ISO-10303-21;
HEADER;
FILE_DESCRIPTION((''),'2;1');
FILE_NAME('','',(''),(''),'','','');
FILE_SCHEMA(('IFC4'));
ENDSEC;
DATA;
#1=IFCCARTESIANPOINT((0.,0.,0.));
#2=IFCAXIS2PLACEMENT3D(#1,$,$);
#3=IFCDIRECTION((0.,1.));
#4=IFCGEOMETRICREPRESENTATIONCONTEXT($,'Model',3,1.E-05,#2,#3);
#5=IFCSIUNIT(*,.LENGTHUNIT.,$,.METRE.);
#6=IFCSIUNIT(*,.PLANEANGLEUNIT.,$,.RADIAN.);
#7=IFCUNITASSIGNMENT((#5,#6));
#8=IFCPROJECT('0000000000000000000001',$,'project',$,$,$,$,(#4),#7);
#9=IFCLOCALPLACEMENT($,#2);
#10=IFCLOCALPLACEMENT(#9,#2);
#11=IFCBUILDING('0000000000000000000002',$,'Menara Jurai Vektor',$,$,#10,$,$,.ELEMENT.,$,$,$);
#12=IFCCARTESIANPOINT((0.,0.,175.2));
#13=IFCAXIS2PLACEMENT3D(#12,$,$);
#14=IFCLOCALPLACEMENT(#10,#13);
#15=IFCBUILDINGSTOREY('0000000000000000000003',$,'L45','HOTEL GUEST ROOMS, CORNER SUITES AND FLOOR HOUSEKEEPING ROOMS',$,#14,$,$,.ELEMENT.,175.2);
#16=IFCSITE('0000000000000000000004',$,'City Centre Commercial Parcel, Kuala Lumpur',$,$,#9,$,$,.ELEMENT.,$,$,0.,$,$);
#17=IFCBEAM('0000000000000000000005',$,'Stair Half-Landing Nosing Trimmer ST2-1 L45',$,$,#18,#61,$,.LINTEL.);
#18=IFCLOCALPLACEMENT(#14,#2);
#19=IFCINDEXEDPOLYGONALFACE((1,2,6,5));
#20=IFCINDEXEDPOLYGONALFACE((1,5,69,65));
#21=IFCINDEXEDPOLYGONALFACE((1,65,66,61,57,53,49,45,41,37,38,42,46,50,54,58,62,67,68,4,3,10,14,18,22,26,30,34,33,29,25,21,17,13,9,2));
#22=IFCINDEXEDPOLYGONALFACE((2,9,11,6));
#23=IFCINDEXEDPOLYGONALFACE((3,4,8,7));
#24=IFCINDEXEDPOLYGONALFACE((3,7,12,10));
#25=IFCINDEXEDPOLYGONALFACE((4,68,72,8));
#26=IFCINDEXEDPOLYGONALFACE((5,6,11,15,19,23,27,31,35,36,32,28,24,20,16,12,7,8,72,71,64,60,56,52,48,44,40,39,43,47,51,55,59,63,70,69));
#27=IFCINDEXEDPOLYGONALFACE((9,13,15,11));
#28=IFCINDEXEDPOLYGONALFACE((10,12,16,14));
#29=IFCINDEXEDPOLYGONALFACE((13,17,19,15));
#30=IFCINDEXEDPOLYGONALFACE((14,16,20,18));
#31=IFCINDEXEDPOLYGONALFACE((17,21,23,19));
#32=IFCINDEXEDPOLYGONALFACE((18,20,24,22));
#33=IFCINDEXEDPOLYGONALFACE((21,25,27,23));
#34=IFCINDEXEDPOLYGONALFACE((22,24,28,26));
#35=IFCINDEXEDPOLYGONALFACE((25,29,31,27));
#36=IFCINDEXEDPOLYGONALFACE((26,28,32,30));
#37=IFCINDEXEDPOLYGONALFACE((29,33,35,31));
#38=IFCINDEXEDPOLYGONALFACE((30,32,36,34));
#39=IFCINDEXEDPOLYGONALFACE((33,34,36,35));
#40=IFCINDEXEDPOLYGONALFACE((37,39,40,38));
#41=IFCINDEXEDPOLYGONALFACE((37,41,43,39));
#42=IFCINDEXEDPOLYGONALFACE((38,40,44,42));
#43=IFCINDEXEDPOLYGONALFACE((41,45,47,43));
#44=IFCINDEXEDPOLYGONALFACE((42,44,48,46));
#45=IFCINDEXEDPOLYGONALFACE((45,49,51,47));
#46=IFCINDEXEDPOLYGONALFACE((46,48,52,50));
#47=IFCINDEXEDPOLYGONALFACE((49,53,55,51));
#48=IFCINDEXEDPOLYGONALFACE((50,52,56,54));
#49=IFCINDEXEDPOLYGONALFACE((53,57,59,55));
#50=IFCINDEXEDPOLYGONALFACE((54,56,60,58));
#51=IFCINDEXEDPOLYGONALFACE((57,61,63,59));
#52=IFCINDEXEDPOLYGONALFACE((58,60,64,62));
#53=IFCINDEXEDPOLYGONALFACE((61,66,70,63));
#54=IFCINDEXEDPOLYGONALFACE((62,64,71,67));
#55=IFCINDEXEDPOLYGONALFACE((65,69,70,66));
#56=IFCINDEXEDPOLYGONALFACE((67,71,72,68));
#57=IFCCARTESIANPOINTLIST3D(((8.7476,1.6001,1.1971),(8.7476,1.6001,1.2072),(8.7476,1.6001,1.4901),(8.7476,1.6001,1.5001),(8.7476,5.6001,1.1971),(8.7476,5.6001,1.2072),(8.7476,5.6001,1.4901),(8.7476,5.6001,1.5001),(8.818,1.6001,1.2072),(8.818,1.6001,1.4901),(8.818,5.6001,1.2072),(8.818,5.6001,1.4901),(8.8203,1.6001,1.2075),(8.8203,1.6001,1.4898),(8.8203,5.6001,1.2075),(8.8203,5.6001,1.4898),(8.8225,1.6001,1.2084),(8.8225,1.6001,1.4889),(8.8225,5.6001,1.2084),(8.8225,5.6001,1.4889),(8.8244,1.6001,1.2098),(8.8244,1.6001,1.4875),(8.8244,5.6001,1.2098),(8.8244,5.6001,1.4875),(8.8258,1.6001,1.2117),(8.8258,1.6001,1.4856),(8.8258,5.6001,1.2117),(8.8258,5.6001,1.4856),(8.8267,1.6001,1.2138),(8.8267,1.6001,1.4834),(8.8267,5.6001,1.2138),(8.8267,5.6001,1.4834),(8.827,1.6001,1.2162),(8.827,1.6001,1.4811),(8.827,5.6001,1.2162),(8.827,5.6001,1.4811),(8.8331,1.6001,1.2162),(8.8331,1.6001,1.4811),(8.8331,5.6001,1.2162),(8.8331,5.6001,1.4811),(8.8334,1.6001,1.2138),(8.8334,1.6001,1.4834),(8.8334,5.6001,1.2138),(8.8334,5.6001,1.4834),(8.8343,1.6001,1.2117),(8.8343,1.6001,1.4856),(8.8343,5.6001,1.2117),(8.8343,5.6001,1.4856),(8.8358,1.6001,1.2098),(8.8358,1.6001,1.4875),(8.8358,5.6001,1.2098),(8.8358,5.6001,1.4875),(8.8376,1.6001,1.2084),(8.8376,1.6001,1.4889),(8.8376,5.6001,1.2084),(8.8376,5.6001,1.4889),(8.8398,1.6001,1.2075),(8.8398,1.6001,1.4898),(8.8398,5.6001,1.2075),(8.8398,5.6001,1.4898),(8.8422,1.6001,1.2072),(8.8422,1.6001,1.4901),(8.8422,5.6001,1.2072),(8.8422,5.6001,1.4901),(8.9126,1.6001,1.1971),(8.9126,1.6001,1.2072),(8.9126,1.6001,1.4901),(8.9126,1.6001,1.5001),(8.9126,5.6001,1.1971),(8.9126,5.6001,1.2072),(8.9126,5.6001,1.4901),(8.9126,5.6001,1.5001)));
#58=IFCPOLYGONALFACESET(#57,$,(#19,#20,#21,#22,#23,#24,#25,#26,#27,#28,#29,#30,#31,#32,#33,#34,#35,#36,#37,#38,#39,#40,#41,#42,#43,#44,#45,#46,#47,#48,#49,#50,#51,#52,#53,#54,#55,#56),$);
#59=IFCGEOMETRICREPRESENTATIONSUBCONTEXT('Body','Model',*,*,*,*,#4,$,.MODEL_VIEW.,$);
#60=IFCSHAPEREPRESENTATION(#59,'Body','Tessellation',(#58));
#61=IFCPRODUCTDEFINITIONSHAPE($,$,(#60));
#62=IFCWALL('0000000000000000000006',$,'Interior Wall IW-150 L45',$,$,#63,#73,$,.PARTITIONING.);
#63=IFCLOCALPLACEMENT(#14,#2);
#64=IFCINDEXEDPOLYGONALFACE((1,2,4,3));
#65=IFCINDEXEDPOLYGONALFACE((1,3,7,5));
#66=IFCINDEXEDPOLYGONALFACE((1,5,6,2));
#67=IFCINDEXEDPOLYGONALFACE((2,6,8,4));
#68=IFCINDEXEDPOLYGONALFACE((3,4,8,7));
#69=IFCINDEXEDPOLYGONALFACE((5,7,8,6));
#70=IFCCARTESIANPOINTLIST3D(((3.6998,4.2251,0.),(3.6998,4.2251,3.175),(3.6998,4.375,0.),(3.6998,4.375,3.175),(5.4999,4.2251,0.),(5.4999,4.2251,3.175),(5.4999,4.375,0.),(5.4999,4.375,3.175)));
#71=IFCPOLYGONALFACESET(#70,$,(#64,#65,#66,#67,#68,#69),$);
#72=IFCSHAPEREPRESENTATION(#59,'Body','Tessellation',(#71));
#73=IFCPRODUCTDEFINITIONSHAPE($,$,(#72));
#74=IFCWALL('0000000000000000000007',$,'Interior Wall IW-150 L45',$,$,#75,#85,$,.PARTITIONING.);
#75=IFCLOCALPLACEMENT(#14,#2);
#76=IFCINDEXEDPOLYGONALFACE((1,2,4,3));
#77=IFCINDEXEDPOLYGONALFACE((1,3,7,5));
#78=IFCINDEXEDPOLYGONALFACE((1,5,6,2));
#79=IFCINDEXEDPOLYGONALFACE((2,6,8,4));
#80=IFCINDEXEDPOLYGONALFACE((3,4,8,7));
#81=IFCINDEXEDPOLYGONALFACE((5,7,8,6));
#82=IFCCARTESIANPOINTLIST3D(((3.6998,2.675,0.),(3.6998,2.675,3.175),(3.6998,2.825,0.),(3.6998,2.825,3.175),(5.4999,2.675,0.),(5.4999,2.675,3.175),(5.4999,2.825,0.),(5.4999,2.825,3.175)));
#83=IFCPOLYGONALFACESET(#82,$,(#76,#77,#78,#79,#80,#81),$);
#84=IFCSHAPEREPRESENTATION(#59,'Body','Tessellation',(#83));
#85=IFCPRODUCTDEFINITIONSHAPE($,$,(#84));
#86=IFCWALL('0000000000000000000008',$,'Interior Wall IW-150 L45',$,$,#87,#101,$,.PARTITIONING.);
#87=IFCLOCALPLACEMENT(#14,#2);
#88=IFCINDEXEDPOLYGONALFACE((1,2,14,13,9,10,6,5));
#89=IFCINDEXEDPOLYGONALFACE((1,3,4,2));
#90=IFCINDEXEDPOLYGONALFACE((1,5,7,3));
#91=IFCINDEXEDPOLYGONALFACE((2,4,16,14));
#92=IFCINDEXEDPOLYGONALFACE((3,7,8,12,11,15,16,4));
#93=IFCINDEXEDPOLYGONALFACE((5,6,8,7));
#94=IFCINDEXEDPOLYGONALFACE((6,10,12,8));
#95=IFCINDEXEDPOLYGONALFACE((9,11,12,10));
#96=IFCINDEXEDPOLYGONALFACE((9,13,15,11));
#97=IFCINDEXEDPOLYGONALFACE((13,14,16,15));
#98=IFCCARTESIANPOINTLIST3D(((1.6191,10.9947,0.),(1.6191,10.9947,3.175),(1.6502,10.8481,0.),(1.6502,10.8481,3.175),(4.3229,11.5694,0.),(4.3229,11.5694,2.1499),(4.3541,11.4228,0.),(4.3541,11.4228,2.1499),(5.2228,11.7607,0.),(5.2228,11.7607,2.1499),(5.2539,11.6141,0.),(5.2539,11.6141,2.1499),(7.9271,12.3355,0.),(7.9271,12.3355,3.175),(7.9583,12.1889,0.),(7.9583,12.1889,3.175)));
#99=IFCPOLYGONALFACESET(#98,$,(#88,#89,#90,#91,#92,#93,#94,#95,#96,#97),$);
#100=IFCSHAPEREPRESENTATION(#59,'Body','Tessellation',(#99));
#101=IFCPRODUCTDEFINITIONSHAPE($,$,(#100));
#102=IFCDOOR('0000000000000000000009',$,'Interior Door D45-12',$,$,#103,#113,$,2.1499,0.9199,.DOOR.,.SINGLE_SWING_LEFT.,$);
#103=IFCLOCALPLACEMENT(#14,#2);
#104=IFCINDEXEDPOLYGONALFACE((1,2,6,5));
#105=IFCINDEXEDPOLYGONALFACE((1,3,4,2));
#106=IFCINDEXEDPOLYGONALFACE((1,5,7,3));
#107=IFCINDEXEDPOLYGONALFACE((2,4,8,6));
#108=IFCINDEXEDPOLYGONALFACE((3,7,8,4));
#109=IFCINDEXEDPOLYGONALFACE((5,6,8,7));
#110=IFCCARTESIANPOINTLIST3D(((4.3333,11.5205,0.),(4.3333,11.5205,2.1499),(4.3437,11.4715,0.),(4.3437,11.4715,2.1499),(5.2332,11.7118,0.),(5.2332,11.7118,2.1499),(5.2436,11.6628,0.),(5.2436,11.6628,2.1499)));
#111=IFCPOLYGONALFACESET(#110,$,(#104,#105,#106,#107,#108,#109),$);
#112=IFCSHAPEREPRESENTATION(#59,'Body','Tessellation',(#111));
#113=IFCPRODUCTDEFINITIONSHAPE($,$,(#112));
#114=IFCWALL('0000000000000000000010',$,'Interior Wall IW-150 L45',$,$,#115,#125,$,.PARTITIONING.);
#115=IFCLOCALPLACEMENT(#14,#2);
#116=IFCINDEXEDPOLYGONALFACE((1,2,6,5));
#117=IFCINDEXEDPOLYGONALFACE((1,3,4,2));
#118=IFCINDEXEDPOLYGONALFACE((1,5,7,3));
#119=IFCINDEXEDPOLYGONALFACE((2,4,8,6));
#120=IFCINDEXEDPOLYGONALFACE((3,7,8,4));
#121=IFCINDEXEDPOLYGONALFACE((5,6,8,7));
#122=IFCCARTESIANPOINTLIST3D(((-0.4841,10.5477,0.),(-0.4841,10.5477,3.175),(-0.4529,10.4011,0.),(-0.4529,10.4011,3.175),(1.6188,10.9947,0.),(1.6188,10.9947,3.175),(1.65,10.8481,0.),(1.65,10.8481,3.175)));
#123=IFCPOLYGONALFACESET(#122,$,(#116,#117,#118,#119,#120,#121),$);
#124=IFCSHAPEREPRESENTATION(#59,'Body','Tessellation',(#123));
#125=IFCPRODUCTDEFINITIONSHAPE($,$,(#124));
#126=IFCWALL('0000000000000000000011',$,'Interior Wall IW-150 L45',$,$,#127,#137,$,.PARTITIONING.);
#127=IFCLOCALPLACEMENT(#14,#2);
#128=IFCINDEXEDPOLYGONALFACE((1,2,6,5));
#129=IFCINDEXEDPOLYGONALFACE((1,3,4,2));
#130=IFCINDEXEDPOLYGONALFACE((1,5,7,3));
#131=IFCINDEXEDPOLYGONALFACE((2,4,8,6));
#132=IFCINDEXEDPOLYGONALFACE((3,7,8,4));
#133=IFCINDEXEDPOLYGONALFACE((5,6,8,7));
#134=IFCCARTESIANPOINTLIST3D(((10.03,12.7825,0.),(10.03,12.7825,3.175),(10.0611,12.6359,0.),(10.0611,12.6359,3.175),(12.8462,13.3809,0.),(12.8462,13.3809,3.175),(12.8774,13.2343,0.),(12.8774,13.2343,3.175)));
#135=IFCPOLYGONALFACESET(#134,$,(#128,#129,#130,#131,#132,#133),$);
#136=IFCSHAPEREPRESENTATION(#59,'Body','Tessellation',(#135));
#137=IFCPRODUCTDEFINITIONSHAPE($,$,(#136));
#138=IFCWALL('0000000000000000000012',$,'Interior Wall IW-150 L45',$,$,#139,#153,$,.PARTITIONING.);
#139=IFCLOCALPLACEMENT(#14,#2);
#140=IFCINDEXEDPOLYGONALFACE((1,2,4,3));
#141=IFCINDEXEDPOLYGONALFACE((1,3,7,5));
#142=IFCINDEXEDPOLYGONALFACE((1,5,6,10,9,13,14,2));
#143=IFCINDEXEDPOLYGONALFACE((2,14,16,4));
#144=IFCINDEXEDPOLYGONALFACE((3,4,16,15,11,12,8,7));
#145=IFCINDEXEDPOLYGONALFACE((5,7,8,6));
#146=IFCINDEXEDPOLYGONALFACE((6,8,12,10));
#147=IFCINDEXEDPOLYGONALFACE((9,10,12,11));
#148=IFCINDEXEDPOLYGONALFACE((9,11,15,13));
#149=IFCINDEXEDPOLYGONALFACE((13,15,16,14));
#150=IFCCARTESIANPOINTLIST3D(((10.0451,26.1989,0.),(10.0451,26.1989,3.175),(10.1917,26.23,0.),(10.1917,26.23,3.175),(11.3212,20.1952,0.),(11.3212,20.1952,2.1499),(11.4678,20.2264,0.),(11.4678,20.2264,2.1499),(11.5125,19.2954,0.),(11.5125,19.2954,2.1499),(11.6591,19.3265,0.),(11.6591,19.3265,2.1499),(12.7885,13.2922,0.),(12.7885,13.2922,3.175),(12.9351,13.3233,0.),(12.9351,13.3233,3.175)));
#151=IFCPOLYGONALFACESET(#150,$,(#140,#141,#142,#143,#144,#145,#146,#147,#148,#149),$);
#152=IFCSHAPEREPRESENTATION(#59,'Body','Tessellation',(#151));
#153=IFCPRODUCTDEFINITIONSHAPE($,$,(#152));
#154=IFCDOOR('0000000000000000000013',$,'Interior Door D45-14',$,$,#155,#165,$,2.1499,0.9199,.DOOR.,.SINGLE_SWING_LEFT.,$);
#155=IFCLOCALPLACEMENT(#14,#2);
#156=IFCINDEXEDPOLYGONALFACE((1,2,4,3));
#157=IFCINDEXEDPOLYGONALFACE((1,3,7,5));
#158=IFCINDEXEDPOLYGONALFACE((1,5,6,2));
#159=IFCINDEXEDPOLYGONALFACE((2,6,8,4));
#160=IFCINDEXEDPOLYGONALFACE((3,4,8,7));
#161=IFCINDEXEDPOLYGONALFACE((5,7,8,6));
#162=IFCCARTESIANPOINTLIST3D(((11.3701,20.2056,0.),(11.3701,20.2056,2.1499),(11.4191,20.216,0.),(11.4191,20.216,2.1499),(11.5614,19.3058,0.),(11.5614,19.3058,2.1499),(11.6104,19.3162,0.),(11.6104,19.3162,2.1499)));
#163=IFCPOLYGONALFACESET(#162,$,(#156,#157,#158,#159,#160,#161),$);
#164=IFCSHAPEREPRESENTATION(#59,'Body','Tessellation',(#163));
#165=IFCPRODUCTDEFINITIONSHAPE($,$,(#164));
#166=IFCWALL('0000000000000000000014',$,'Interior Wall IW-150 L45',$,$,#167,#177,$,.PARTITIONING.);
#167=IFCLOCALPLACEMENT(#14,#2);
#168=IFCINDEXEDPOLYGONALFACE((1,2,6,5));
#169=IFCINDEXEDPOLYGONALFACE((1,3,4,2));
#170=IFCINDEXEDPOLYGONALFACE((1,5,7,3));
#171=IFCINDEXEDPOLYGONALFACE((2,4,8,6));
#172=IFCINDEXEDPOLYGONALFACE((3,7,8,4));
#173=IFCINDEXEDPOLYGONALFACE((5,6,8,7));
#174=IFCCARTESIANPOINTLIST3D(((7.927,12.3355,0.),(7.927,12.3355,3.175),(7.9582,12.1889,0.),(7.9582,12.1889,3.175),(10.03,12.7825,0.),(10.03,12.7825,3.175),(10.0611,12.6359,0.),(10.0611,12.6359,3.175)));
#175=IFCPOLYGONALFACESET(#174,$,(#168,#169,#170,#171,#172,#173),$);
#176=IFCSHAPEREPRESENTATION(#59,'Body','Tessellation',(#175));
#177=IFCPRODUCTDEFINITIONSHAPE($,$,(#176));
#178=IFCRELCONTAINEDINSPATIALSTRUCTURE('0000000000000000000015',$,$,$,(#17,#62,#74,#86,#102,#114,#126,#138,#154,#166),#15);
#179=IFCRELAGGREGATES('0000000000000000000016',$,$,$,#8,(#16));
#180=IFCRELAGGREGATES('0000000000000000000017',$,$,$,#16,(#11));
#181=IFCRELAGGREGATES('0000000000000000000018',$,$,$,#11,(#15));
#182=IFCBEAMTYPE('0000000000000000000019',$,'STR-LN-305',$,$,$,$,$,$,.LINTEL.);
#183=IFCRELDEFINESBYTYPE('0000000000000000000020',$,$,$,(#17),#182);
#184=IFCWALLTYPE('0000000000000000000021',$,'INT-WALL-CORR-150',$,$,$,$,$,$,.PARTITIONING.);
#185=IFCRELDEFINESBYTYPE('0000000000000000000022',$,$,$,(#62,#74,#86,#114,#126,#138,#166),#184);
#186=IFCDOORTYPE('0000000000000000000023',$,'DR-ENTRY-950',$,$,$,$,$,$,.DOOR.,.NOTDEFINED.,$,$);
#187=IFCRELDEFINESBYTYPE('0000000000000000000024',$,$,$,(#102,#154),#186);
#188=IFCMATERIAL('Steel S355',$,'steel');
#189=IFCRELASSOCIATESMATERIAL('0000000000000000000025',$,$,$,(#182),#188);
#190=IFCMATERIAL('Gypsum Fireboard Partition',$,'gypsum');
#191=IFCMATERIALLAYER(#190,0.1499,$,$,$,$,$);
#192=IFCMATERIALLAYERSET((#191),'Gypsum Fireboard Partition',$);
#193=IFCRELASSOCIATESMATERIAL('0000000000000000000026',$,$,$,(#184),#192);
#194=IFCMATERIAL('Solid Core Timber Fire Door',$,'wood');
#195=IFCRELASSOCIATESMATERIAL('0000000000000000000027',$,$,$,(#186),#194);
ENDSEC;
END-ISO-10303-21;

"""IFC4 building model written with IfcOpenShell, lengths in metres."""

from ifc_helpers import new_model, si_unit, direction, frame, frame_2d, origin, origin_2d, place, context, subcontext, project, spatial, rectangle, i_section, extrude, material, layer, layer_set, material_profile, profile_set, type_object, element, fill, save


model = new_model("IFC4")

# Units and contexts
model_context = context("Model", 3, precision=1e-05, world=origin(), true_north=direction((0.0, 1.0)))
body_context = subcontext(model_context, "Body", "Model", "MODEL_VIEW")
ifc_project = project(units=[si_unit("LENGTHUNIT", "METRE"), si_unit("PLANEANGLEUNIT", "RADIAN")], contexts=[model_context])

# Site, building, storey
site_placement = place(None, origin())
site = spatial("IfcSite", under=ifc_project, at=site_placement, Name="City Centre Commercial Parcel, Kuala Lumpur", CompositionType="ELEMENT", RefElevation=0.0)
building_placement = place(site_placement, origin())
building = spatial("IfcBuilding", under=site, at=building_placement, Name="Menara Jurai Vektor", CompositionType="ELEMENT")
storey_placement = place(building_placement, frame((0.0, 0.0, 175.2)))
storey = spatial("IfcBuildingStorey", under=building, at=storey_placement, Name="L45", Description="HOTEL GUEST ROOMS, CORNER SUITES AND FLOOR HOUSEKEEPING ROOMS", CompositionType="ELEMENT", Elevation=175.2)

# Shared definitions
ifc_material_1 = material(Name="Steel S355", Category="steel")

# Beam
ifc_material_profile_1 = material_profile(ifc_material_1, i_section(OverallWidth=0.165, OverallDepth=0.303, WebThickness=0.0061, FlangeThickness=0.01, FilletRadius=0.009, at=origin_2d()), Name="UKB 305x165x40")
ifc_profile_set_1 = profile_set([ifc_material_profile_1], Name="Steel S355")
beam_type_1 = type_object("IfcBeamType", Name="STR-LN-305", PredefinedType="LINTEL", material=ifc_profile_set_1)
beam_1_placement = place(storey_placement, frame((8.8301, 1.6001, 1.3486), z_axis=(0.0, 1.0, 0.0), x_axis=(-1.0, 0.0, 0.0)))
element("IfcBeam", 1, at=beam_1_placement, inside=storey, type_object=beam_type_1, Name="Stair Half-Landing Nosing Trimmer ST2-1 L45", PredefinedType="LINTEL", context=body_context, shape_type="SweptSolid", body=[
    extrude(i_section(OverallWidth=0.165, OverallDepth=0.303, WebThickness=0.0061, FlangeThickness=0.01, FilletRadius=0.009, at=origin_2d()), origin(), (0.0, 0.0, 1.0), 4.0),
])

# Walls
ifc_material_2 = material(Name="Gypsum Fireboard Partition", Category="gypsum")
ifc_layer_1 = layer(ifc_material_2, 0.1499)
ifc_layer_set_1 = layer_set([ifc_layer_1], Name="Gypsum Fireboard Partition")
wall_type_1 = type_object("IfcWallType", Name="INT-WALL-CORR-150", PredefinedType="PARTITIONING", material=ifc_layer_set_1)
for number, where, z_axis, x_axis, name in (
    (2, (3.7, 4.3, 0.0), (0.0, 0.0, 1.0), (1.0, 0.0, 0.0), "Interior Wall IW-150 L45"),
    (3, (3.7, 2.75, 0.0), (0.0, 0.0, 1.0), (1.0, 0.0, 0.0), "Interior Wall IW-150 L45"),
):
    element("IfcWall", number, at=place(storey_placement, frame(where, z_axis=z_axis, x_axis=x_axis)), inside=storey, type_object=wall_type_1, Name=name, PredefinedType="PARTITIONING", context=body_context, shape_type="SweptSolid", body=[
        extrude(rectangle(XDim=1.8, YDim=0.1499, at=frame_2d((0.8999, 0.0))), origin(), (0.0, 0.0, 1.0), 3.175),
    ])

# Wall, opening, door
wall_1_placement = place(storey_placement, frame((1.6345, 10.9214, 0.0), z_axis=(0.0, 0.0, 1.0), x_axis=(0.978148, 0.20791, 0.0)))
wall_1 = element("IfcWall", 4, at=wall_1_placement, inside=storey, type_object=wall_type_1, Name="Interior Wall IW-150 L45", PredefinedType="PARTITIONING", context=body_context, shape_type="SweptSolid", body=[
    extrude(rectangle(XDim=6.449, YDim=0.1499, at=frame_2d((3.2246, 0.0))), origin(), (0.0, 0.0, 1.0), 3.175),
])
opening_1_placement = place(wall_1_placement, frame((2.7644, 0.0, 0.0)))
opening_1 = element("IfcOpeningElement", 5, at=opening_1_placement, cuts=wall_1, PredefinedType="OPENING", context=body_context, shape_type="SweptSolid", body=[
    extrude(rectangle(XDim=0.9199, YDim=2.1499, at=frame_2d((0.46, 1.075))), frame((0.0, 0.085, 0.0), z_axis=(0.0, -1.0, 0.0), x_axis=(1.0, 0.0, 0.0)), (0.0, 0.0, 1.0), 0.1699),
])
ifc_material_3 = material(Name="Solid Core Timber Fire Door", Category="wood")
door_type_1 = type_object("IfcDoorType", Name="DR-ENTRY-950", OperationType="NOTDEFINED", PredefinedType="DOOR", material=ifc_material_3)
door_1_placement = place(opening_1_placement, origin())
door_1 = element("IfcDoor", 6, at=door_1_placement, inside=storey, type_object=door_type_1, Name="Interior Door D45-12", OperationType="SINGLE_SWING_LEFT", OverallHeight=2.1499, OverallWidth=0.9199, PredefinedType="DOOR", context=body_context, shape_type="SweptSolid", body=[
    extrude(rectangle(XDim=0.9199, YDim=2.1499, at=frame_2d((0.46, 1.075))), frame((0.0, 0.0249, 0.0), z_axis=(0.0, -1.0, 0.0), x_axis=(1.0, 0.0, 0.0)), (0.0, 0.0, 1.0), 0.05),
])
fill(opening_1, door_1)

# Walls
wall_2_placement = place(storey_placement, frame((-0.4685, 10.4744, 0.0), z_axis=(0.0, 0.0, 1.0), x_axis=(0.978147, 0.207916, 0.0)))
element("IfcWall", 7, at=wall_2_placement, inside=storey, type_object=wall_type_1, Name="Interior Wall IW-150 L45", PredefinedType="PARTITIONING", context=body_context, shape_type="SweptSolid", body=[
    extrude(rectangle(XDim=2.1499, YDim=0.1499, at=frame_2d((1.075, 0.0))), origin(), (0.0, 0.0, 1.0), 3.175),
])
wall_3_placement = place(storey_placement, frame((10.0457, 12.7092, 0.0), z_axis=(0.0, 0.0, 1.0), x_axis=(0.978162, 0.207844, 0.0)))
element("IfcWall", 8, at=wall_3_placement, inside=storey, type_object=wall_type_1, Name="Interior Wall IW-150 L45", PredefinedType="PARTITIONING", context=body_context, shape_type="SweptSolid", body=[
    extrude(rectangle(XDim=2.8792, YDim=0.1499, at=frame_2d((1.4395, 0.0))), origin(), (0.0, 0.0, 1.0), 3.175),
])

# Wall, opening, door
wall_4_placement = place(storey_placement, frame((12.8618, 13.3076, 0.0), z_axis=(0.0, 0.0, 1.0), x_axis=(-0.207911, 0.978148, 0.0)))
wall_4 = element("IfcWall", 9, at=wall_4_placement, inside=storey, type_object=wall_type_1, Name="Interior Wall IW-150 L45", PredefinedType="PARTITIONING", context=body_context, shape_type="SweptSolid", body=[
    extrude(rectangle(XDim=13.1951, YDim=0.1499, at=frame_2d((6.5977, 0.0))), origin(), (0.0, 0.0, 1.0), 3.175),
])
opening_2_placement = place(wall_4_placement, frame((6.1375, 0.0, 0.0)))
opening_2 = element("IfcOpeningElement", 10, at=opening_2_placement, cuts=wall_4, PredefinedType="OPENING", context=body_context, shape_type="SweptSolid", body=[
    extrude(rectangle(XDim=0.9199, YDim=2.1499, at=frame_2d((0.46, 1.075))), frame((0.0, 0.085, 0.0), z_axis=(0.0, -1.0, 0.0), x_axis=(1.0, 0.0, 0.0)), (0.0, 0.0, 1.0), 0.1699),
])
door_2_placement = place(opening_2_placement, origin())
door_2 = element("IfcDoor", 11, at=door_2_placement, inside=storey, type_object=door_type_1, Name="Interior Door D45-14", OperationType="SINGLE_SWING_LEFT", OverallHeight=2.1499, OverallWidth=0.9199, PredefinedType="DOOR", context=body_context, shape_type="SweptSolid", body=[
    extrude(rectangle(XDim=0.9199, YDim=2.1499, at=frame_2d((0.46, 1.075))), frame((0.0, 0.0249, 0.0), z_axis=(0.0, -1.0, 0.0), x_axis=(1.0, 0.0, 0.0)), (0.0, 0.0, 1.0), 0.05),
])
fill(opening_2, door_2)

# Wall
wall_5_placement = place(storey_placement, frame((7.9426, 12.2622, 0.0), z_axis=(0.0, 0.0, 1.0), x_axis=(0.978147, 0.207916, 0.0)))
element("IfcWall", 12, at=wall_5_placement, inside=storey, type_object=wall_type_1, Name="Interior Wall IW-150 L45", PredefinedType="PARTITIONING", context=body_context, shape_type="SweptSolid", body=[
    extrude(rectangle(XDim=2.1499, YDim=0.1499, at=frame_2d((1.075, 0.0))), origin(), (0.0, 0.0, 1.0), 3.175),
])

save(model, "model.ifc")
